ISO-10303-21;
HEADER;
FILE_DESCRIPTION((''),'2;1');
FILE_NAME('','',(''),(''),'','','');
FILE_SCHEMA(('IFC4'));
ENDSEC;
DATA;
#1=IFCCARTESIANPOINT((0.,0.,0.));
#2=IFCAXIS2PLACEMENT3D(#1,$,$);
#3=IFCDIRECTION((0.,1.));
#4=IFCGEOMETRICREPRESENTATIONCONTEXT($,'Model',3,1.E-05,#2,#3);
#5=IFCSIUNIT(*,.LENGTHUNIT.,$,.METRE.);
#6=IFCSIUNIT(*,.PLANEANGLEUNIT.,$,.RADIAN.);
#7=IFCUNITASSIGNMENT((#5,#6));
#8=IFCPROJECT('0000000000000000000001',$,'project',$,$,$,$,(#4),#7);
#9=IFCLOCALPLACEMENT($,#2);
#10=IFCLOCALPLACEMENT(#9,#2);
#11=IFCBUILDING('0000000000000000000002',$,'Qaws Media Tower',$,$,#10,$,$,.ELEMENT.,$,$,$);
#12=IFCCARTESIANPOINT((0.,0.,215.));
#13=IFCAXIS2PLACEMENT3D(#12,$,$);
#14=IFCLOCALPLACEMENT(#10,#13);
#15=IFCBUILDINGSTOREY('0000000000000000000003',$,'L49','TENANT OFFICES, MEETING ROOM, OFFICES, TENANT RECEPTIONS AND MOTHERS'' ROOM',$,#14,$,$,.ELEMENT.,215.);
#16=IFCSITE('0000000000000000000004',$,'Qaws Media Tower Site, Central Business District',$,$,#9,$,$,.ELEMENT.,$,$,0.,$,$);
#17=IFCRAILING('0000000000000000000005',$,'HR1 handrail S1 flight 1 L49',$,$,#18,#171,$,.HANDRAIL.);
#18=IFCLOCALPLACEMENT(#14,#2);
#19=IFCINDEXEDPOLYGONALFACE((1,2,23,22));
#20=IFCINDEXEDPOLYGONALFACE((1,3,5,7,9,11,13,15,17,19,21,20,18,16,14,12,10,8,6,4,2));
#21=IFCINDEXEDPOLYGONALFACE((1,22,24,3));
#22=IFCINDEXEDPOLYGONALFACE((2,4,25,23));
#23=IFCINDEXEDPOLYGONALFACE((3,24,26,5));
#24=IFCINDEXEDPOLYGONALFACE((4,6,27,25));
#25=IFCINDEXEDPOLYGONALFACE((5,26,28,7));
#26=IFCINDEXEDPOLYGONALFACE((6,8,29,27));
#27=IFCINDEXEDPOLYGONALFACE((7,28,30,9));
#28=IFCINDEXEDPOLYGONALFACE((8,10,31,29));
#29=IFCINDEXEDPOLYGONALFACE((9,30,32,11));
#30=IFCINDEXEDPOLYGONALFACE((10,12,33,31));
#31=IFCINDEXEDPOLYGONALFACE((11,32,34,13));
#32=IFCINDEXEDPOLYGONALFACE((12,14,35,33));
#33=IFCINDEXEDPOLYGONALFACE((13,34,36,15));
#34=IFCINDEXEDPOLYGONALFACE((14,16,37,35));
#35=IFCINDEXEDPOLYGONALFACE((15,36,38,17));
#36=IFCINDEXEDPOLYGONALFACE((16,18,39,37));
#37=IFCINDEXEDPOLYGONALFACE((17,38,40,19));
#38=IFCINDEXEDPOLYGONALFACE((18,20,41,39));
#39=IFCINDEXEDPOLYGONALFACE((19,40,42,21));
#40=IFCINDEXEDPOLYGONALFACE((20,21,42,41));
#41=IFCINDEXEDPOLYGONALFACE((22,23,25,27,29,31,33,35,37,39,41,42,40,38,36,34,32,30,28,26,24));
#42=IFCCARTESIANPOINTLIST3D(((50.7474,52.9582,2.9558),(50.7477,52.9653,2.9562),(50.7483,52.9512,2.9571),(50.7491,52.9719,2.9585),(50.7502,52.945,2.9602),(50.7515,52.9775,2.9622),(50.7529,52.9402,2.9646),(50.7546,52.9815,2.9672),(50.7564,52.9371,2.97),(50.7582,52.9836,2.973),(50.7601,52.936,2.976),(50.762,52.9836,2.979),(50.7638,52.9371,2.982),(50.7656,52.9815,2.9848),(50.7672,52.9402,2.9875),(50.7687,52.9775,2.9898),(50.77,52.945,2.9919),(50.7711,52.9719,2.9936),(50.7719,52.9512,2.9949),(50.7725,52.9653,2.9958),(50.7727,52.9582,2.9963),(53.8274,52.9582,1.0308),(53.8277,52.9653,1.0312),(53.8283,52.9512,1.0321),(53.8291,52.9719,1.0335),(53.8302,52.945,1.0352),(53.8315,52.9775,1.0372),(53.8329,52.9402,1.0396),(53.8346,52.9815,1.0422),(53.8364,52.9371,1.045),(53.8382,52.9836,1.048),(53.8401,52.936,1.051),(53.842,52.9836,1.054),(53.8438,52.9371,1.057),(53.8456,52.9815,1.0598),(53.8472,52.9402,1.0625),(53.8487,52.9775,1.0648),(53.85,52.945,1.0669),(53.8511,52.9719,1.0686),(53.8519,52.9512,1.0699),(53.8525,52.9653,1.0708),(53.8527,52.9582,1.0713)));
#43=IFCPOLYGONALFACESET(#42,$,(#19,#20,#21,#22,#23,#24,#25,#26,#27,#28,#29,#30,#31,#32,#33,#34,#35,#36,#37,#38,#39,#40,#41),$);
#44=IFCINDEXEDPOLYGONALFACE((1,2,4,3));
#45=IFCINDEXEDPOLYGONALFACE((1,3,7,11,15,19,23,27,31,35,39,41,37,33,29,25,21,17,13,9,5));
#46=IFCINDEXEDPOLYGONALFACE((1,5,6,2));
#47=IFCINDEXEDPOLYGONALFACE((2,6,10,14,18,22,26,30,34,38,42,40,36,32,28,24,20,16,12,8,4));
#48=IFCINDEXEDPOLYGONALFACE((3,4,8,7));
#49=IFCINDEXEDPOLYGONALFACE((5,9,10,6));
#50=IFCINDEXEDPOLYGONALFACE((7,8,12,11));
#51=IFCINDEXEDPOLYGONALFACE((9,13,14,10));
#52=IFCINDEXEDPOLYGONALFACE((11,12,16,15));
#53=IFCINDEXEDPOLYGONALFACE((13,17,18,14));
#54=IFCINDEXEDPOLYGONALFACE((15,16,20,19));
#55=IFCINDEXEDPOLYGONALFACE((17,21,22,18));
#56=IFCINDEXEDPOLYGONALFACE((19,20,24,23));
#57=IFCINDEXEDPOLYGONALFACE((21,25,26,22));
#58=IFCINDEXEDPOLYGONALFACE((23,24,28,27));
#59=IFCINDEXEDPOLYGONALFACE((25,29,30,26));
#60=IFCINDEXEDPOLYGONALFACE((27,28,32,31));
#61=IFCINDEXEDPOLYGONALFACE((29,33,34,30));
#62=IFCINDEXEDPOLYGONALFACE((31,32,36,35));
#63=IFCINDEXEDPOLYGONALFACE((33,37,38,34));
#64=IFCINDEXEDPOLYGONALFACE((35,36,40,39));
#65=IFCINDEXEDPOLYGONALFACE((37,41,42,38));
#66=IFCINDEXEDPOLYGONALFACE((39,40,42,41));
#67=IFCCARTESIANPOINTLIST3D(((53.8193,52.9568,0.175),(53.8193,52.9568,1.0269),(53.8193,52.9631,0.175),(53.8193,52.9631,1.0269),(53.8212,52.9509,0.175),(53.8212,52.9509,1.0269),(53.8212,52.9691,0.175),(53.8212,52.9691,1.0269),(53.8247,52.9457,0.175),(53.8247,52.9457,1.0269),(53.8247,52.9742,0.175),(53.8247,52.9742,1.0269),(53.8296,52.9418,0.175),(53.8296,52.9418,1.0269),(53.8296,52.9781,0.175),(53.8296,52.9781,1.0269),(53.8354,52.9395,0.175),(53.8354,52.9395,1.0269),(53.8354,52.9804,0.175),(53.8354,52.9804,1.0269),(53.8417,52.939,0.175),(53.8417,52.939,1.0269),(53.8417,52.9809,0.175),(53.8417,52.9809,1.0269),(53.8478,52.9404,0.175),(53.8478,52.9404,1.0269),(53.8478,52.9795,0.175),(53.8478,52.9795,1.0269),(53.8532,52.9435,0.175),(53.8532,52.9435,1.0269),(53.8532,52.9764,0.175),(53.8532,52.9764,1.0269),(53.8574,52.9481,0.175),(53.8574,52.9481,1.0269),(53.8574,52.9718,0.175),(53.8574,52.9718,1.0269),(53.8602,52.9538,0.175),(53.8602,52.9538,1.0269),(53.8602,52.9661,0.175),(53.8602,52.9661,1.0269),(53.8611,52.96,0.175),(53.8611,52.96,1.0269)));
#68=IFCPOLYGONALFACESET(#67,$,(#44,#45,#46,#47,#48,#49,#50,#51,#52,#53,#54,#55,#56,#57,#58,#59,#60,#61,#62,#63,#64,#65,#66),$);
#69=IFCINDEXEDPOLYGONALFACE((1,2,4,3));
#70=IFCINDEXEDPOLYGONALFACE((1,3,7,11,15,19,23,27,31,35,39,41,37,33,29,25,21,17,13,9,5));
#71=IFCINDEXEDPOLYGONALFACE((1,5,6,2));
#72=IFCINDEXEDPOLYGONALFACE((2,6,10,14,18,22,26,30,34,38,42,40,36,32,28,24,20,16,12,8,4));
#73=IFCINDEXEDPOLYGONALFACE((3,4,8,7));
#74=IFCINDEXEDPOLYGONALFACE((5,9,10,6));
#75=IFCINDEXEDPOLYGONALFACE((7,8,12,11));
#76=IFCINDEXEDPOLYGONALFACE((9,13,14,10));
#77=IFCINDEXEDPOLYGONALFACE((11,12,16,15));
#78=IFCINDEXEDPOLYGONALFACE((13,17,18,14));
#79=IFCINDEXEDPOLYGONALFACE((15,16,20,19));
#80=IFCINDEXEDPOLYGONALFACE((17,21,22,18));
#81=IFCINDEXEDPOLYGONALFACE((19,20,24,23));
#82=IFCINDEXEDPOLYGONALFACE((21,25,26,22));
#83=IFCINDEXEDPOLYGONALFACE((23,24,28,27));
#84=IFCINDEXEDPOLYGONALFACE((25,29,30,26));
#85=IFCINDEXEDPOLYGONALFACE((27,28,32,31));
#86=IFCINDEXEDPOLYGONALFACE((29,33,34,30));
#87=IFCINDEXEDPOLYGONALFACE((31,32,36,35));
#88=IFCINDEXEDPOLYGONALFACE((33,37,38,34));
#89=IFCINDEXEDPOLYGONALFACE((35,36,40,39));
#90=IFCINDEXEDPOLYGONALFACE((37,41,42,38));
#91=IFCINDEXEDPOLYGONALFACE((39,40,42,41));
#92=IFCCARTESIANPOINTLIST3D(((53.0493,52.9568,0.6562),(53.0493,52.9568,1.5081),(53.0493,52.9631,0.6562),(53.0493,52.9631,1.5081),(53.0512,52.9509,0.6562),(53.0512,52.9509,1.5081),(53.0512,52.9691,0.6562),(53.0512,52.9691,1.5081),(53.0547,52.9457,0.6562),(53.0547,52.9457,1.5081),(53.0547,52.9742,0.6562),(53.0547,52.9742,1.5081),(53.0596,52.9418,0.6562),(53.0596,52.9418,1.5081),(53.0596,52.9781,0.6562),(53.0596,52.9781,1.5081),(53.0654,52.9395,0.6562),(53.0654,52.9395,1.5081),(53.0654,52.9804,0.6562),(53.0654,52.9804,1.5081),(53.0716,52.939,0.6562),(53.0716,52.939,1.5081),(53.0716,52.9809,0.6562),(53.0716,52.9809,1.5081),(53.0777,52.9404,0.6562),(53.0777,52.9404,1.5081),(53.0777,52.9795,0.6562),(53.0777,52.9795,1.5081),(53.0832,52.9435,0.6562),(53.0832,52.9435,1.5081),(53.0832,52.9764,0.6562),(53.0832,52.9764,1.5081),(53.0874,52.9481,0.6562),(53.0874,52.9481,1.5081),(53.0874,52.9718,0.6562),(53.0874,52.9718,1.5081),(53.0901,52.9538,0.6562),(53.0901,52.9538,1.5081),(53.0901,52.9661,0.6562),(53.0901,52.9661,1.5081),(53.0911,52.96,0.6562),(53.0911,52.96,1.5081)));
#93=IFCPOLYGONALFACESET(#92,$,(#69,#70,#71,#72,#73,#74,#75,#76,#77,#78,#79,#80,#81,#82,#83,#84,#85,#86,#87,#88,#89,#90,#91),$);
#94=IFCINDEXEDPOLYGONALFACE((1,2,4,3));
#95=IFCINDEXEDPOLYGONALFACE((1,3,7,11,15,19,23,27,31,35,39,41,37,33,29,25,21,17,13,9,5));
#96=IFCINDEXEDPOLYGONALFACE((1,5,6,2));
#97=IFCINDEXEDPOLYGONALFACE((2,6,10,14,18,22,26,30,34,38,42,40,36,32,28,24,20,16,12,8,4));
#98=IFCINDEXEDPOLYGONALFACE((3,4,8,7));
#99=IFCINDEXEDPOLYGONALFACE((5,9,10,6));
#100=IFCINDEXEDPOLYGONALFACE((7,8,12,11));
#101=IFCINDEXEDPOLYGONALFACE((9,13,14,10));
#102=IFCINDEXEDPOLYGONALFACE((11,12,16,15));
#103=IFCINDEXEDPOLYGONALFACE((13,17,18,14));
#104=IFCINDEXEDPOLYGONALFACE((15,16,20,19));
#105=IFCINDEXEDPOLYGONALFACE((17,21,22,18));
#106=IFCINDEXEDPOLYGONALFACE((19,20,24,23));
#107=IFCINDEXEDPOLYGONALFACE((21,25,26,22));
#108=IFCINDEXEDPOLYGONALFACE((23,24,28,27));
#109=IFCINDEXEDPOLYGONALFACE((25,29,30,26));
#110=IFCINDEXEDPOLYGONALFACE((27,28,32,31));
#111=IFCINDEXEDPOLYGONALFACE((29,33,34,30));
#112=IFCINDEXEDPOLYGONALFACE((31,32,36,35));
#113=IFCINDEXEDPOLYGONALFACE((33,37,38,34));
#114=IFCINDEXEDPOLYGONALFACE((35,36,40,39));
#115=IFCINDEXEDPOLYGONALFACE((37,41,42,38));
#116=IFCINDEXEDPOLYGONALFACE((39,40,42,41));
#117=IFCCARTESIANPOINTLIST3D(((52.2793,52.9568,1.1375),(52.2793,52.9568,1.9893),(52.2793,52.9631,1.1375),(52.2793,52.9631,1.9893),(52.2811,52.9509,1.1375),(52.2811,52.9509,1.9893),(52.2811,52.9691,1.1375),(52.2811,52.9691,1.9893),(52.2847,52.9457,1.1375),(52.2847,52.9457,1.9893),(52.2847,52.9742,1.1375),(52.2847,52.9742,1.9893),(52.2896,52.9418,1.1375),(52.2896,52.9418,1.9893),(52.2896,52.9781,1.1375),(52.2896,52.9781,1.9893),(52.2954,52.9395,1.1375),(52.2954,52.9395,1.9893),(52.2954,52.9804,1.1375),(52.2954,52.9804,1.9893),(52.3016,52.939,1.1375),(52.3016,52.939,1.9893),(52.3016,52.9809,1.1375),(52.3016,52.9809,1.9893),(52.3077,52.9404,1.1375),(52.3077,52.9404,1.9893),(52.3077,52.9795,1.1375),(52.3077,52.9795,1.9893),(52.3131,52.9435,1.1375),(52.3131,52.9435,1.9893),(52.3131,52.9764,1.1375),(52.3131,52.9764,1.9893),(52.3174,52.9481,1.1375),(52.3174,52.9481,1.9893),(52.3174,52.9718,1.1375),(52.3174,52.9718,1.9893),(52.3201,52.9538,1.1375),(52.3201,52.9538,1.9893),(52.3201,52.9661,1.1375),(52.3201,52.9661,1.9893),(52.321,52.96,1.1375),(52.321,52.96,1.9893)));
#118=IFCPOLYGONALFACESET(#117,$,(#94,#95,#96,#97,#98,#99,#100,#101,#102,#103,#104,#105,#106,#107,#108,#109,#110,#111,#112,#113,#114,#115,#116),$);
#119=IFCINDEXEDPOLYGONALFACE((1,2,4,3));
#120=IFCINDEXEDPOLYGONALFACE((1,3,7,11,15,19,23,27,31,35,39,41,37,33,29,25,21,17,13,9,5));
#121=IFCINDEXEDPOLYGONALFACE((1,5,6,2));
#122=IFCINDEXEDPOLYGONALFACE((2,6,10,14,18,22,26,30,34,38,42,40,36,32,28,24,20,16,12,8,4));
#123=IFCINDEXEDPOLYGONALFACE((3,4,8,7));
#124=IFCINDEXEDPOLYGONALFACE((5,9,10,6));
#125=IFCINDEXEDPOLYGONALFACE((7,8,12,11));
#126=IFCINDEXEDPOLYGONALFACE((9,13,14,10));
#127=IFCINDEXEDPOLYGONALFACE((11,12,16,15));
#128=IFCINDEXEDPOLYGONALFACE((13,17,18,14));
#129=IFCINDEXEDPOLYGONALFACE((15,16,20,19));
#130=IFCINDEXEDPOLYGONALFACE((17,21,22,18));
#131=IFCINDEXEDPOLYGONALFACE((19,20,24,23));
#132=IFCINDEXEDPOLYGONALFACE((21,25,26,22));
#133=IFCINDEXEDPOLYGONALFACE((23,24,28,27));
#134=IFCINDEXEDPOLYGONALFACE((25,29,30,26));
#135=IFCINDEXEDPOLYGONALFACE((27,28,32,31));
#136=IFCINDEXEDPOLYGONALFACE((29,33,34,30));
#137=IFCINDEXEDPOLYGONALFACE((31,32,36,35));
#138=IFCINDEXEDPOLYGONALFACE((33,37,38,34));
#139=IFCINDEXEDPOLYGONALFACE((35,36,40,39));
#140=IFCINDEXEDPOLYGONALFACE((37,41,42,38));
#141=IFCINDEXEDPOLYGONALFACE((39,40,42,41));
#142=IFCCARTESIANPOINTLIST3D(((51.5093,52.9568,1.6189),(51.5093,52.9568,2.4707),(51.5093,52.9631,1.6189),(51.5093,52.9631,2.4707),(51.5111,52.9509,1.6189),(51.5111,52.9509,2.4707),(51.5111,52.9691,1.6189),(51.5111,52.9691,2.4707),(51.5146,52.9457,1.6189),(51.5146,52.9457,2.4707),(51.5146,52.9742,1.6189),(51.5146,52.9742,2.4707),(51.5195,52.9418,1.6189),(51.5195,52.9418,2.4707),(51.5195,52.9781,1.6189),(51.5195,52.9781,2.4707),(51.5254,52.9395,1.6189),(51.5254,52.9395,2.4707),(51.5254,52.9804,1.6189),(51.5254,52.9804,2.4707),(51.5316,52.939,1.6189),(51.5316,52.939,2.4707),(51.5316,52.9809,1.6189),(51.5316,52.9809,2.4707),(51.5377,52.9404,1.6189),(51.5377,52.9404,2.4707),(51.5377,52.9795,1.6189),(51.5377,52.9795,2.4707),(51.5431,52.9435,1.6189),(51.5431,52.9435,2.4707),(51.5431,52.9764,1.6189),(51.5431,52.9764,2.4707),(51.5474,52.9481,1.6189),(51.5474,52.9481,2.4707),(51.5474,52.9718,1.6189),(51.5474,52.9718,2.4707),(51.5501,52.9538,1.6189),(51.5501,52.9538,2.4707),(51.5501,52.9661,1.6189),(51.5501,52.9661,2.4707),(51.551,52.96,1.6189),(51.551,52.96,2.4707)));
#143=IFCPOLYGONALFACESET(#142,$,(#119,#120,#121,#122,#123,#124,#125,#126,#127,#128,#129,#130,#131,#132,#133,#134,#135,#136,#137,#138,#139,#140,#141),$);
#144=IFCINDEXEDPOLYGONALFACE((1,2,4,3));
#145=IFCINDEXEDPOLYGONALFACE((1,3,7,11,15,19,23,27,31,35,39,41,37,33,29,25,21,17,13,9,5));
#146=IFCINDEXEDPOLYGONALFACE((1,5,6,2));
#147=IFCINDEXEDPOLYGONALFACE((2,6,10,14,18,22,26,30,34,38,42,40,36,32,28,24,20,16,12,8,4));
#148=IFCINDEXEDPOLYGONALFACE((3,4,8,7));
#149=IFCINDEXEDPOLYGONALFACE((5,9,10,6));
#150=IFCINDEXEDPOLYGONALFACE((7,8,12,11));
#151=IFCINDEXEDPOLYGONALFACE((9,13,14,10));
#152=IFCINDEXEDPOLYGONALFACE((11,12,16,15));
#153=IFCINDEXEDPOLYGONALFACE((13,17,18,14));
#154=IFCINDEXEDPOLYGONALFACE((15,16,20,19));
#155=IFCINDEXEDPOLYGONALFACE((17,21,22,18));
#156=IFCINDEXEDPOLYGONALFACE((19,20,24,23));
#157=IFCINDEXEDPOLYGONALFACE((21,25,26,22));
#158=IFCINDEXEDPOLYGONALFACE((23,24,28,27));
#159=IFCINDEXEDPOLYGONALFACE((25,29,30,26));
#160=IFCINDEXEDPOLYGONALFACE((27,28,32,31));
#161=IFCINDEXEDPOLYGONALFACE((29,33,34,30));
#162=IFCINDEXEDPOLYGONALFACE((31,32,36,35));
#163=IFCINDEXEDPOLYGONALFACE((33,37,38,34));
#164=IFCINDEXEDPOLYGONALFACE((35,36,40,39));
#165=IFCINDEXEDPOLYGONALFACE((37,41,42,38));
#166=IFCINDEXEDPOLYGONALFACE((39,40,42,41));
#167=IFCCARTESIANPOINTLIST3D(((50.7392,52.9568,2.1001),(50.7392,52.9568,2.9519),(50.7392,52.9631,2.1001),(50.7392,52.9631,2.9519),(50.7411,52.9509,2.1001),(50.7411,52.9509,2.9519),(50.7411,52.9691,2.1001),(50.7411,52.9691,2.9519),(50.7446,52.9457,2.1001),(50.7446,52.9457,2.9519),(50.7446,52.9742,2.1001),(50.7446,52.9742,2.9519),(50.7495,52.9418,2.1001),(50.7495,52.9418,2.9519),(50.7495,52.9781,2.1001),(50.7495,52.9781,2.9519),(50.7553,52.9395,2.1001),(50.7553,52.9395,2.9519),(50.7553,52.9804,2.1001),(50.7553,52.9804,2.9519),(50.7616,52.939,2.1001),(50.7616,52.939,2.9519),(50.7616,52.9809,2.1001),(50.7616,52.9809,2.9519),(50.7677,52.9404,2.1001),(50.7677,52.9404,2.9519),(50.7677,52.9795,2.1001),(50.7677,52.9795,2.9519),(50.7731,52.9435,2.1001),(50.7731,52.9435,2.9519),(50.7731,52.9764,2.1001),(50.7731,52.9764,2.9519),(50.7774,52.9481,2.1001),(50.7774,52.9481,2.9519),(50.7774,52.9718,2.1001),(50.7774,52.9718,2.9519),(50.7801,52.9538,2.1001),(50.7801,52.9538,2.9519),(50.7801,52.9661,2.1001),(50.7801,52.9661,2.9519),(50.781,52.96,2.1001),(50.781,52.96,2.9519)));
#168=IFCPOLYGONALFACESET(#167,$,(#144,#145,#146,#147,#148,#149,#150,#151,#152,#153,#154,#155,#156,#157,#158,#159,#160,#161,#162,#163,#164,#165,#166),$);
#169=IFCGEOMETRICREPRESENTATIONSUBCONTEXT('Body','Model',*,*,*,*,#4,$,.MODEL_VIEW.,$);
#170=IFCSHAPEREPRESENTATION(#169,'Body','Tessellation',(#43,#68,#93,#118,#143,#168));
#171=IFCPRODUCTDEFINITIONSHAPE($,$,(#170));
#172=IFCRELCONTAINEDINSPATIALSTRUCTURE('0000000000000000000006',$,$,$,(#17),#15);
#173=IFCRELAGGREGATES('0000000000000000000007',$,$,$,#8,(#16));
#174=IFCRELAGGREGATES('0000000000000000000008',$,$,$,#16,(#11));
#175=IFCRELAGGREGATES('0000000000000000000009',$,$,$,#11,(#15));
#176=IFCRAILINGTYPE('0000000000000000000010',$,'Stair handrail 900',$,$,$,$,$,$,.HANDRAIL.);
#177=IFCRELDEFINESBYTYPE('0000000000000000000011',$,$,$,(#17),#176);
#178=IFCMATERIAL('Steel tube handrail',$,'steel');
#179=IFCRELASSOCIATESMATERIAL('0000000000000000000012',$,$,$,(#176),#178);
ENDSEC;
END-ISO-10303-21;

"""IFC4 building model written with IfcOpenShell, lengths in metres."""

from ifc_helpers import new_model, si_unit, direction, frame, origin, origin_2d, place, context, subcontext, project, spatial, circle, extrude, material, type_object, element, save


model = new_model("IFC4")

# Units and contexts
model_context = context("Model", 3, precision=1e-05, world=origin(), true_north=direction((0.0, 1.0)))
body_context = subcontext(model_context, "Body", "Model", "MODEL_VIEW")
ifc_project = project(units=[si_unit("LENGTHUNIT", "METRE"), si_unit("PLANEANGLEUNIT", "RADIAN")], contexts=[model_context])

# Site, building, storey
site_placement = place(None, origin())
site = spatial("IfcSite", under=ifc_project, at=site_placement, Name="Qaws Media Tower Site, Central Business District", CompositionType="ELEMENT", RefElevation=0.0)
building_placement = place(site_placement, origin())
building = spatial("IfcBuilding", under=site, at=building_placement, Name="Qaws Media Tower", CompositionType="ELEMENT")
storey_placement = place(building_placement, frame((0.0, 0.0, 215.0)))
storey = spatial("IfcBuildingStorey", under=building, at=storey_placement, Name="L49", Description="TENANT OFFICES, MEETING ROOM, OFFICES, TENANT RECEPTIONS AND MOTHERS' ROOM", CompositionType="ELEMENT", Elevation=215.0)

# Railing
ifc_material_1 = material(Name="Steel tube handrail", Category="steel")
railing_type = type_object("IfcRailingType", Name="Stair handrail 900", PredefinedType="HANDRAIL", material=ifc_material_1)
for number, where, name in (
    (1, (53.8401, 52.96, 0.175), "HR1 handrail S1 flight 1 L49"),
):
    element("IfcRailing", number, at=place(storey_placement, frame(where)), inside=storey, type_object=railing_type, Name=name, PredefinedType="HANDRAIL", context=body_context, shape_type="SweptSolid", body=[
        extrude(circle(Radius=0.0239, at=origin_2d()), frame((0.0, 0.0, 0.876), z_axis=(-0.847998, 0.0, 0.529999), x_axis=(0.0, -1.0, 0.0)), (0.0, 0.0, 1.0), 3.6321),
        extrude(circle(Radius=0.021, at=origin_2d()), origin(), (0.0, 0.0, 1.0), 0.8518),
        extrude(circle(Radius=0.021, at=origin_2d()), frame((-0.77, 0.0, 0.4812)), (0.0, 0.0, 1.0), 0.8518),
        extrude(circle(Radius=0.021, at=origin_2d()), frame((-1.54, 0.0, 0.9624)), (0.0, 0.0, 1.0), 0.8518),
        extrude(circle(Radius=0.021, at=origin_2d()), frame((-2.3101, 0.0, 1.4438)), (0.0, 0.0, 1.0), 0.8518),
        extrude(circle(Radius=0.021, at=origin_2d()), frame((-3.0801, 0.0, 1.925)), (0.0, 0.0, 1.0), 0.8518),
    ])

save(model, "model.ifc")
